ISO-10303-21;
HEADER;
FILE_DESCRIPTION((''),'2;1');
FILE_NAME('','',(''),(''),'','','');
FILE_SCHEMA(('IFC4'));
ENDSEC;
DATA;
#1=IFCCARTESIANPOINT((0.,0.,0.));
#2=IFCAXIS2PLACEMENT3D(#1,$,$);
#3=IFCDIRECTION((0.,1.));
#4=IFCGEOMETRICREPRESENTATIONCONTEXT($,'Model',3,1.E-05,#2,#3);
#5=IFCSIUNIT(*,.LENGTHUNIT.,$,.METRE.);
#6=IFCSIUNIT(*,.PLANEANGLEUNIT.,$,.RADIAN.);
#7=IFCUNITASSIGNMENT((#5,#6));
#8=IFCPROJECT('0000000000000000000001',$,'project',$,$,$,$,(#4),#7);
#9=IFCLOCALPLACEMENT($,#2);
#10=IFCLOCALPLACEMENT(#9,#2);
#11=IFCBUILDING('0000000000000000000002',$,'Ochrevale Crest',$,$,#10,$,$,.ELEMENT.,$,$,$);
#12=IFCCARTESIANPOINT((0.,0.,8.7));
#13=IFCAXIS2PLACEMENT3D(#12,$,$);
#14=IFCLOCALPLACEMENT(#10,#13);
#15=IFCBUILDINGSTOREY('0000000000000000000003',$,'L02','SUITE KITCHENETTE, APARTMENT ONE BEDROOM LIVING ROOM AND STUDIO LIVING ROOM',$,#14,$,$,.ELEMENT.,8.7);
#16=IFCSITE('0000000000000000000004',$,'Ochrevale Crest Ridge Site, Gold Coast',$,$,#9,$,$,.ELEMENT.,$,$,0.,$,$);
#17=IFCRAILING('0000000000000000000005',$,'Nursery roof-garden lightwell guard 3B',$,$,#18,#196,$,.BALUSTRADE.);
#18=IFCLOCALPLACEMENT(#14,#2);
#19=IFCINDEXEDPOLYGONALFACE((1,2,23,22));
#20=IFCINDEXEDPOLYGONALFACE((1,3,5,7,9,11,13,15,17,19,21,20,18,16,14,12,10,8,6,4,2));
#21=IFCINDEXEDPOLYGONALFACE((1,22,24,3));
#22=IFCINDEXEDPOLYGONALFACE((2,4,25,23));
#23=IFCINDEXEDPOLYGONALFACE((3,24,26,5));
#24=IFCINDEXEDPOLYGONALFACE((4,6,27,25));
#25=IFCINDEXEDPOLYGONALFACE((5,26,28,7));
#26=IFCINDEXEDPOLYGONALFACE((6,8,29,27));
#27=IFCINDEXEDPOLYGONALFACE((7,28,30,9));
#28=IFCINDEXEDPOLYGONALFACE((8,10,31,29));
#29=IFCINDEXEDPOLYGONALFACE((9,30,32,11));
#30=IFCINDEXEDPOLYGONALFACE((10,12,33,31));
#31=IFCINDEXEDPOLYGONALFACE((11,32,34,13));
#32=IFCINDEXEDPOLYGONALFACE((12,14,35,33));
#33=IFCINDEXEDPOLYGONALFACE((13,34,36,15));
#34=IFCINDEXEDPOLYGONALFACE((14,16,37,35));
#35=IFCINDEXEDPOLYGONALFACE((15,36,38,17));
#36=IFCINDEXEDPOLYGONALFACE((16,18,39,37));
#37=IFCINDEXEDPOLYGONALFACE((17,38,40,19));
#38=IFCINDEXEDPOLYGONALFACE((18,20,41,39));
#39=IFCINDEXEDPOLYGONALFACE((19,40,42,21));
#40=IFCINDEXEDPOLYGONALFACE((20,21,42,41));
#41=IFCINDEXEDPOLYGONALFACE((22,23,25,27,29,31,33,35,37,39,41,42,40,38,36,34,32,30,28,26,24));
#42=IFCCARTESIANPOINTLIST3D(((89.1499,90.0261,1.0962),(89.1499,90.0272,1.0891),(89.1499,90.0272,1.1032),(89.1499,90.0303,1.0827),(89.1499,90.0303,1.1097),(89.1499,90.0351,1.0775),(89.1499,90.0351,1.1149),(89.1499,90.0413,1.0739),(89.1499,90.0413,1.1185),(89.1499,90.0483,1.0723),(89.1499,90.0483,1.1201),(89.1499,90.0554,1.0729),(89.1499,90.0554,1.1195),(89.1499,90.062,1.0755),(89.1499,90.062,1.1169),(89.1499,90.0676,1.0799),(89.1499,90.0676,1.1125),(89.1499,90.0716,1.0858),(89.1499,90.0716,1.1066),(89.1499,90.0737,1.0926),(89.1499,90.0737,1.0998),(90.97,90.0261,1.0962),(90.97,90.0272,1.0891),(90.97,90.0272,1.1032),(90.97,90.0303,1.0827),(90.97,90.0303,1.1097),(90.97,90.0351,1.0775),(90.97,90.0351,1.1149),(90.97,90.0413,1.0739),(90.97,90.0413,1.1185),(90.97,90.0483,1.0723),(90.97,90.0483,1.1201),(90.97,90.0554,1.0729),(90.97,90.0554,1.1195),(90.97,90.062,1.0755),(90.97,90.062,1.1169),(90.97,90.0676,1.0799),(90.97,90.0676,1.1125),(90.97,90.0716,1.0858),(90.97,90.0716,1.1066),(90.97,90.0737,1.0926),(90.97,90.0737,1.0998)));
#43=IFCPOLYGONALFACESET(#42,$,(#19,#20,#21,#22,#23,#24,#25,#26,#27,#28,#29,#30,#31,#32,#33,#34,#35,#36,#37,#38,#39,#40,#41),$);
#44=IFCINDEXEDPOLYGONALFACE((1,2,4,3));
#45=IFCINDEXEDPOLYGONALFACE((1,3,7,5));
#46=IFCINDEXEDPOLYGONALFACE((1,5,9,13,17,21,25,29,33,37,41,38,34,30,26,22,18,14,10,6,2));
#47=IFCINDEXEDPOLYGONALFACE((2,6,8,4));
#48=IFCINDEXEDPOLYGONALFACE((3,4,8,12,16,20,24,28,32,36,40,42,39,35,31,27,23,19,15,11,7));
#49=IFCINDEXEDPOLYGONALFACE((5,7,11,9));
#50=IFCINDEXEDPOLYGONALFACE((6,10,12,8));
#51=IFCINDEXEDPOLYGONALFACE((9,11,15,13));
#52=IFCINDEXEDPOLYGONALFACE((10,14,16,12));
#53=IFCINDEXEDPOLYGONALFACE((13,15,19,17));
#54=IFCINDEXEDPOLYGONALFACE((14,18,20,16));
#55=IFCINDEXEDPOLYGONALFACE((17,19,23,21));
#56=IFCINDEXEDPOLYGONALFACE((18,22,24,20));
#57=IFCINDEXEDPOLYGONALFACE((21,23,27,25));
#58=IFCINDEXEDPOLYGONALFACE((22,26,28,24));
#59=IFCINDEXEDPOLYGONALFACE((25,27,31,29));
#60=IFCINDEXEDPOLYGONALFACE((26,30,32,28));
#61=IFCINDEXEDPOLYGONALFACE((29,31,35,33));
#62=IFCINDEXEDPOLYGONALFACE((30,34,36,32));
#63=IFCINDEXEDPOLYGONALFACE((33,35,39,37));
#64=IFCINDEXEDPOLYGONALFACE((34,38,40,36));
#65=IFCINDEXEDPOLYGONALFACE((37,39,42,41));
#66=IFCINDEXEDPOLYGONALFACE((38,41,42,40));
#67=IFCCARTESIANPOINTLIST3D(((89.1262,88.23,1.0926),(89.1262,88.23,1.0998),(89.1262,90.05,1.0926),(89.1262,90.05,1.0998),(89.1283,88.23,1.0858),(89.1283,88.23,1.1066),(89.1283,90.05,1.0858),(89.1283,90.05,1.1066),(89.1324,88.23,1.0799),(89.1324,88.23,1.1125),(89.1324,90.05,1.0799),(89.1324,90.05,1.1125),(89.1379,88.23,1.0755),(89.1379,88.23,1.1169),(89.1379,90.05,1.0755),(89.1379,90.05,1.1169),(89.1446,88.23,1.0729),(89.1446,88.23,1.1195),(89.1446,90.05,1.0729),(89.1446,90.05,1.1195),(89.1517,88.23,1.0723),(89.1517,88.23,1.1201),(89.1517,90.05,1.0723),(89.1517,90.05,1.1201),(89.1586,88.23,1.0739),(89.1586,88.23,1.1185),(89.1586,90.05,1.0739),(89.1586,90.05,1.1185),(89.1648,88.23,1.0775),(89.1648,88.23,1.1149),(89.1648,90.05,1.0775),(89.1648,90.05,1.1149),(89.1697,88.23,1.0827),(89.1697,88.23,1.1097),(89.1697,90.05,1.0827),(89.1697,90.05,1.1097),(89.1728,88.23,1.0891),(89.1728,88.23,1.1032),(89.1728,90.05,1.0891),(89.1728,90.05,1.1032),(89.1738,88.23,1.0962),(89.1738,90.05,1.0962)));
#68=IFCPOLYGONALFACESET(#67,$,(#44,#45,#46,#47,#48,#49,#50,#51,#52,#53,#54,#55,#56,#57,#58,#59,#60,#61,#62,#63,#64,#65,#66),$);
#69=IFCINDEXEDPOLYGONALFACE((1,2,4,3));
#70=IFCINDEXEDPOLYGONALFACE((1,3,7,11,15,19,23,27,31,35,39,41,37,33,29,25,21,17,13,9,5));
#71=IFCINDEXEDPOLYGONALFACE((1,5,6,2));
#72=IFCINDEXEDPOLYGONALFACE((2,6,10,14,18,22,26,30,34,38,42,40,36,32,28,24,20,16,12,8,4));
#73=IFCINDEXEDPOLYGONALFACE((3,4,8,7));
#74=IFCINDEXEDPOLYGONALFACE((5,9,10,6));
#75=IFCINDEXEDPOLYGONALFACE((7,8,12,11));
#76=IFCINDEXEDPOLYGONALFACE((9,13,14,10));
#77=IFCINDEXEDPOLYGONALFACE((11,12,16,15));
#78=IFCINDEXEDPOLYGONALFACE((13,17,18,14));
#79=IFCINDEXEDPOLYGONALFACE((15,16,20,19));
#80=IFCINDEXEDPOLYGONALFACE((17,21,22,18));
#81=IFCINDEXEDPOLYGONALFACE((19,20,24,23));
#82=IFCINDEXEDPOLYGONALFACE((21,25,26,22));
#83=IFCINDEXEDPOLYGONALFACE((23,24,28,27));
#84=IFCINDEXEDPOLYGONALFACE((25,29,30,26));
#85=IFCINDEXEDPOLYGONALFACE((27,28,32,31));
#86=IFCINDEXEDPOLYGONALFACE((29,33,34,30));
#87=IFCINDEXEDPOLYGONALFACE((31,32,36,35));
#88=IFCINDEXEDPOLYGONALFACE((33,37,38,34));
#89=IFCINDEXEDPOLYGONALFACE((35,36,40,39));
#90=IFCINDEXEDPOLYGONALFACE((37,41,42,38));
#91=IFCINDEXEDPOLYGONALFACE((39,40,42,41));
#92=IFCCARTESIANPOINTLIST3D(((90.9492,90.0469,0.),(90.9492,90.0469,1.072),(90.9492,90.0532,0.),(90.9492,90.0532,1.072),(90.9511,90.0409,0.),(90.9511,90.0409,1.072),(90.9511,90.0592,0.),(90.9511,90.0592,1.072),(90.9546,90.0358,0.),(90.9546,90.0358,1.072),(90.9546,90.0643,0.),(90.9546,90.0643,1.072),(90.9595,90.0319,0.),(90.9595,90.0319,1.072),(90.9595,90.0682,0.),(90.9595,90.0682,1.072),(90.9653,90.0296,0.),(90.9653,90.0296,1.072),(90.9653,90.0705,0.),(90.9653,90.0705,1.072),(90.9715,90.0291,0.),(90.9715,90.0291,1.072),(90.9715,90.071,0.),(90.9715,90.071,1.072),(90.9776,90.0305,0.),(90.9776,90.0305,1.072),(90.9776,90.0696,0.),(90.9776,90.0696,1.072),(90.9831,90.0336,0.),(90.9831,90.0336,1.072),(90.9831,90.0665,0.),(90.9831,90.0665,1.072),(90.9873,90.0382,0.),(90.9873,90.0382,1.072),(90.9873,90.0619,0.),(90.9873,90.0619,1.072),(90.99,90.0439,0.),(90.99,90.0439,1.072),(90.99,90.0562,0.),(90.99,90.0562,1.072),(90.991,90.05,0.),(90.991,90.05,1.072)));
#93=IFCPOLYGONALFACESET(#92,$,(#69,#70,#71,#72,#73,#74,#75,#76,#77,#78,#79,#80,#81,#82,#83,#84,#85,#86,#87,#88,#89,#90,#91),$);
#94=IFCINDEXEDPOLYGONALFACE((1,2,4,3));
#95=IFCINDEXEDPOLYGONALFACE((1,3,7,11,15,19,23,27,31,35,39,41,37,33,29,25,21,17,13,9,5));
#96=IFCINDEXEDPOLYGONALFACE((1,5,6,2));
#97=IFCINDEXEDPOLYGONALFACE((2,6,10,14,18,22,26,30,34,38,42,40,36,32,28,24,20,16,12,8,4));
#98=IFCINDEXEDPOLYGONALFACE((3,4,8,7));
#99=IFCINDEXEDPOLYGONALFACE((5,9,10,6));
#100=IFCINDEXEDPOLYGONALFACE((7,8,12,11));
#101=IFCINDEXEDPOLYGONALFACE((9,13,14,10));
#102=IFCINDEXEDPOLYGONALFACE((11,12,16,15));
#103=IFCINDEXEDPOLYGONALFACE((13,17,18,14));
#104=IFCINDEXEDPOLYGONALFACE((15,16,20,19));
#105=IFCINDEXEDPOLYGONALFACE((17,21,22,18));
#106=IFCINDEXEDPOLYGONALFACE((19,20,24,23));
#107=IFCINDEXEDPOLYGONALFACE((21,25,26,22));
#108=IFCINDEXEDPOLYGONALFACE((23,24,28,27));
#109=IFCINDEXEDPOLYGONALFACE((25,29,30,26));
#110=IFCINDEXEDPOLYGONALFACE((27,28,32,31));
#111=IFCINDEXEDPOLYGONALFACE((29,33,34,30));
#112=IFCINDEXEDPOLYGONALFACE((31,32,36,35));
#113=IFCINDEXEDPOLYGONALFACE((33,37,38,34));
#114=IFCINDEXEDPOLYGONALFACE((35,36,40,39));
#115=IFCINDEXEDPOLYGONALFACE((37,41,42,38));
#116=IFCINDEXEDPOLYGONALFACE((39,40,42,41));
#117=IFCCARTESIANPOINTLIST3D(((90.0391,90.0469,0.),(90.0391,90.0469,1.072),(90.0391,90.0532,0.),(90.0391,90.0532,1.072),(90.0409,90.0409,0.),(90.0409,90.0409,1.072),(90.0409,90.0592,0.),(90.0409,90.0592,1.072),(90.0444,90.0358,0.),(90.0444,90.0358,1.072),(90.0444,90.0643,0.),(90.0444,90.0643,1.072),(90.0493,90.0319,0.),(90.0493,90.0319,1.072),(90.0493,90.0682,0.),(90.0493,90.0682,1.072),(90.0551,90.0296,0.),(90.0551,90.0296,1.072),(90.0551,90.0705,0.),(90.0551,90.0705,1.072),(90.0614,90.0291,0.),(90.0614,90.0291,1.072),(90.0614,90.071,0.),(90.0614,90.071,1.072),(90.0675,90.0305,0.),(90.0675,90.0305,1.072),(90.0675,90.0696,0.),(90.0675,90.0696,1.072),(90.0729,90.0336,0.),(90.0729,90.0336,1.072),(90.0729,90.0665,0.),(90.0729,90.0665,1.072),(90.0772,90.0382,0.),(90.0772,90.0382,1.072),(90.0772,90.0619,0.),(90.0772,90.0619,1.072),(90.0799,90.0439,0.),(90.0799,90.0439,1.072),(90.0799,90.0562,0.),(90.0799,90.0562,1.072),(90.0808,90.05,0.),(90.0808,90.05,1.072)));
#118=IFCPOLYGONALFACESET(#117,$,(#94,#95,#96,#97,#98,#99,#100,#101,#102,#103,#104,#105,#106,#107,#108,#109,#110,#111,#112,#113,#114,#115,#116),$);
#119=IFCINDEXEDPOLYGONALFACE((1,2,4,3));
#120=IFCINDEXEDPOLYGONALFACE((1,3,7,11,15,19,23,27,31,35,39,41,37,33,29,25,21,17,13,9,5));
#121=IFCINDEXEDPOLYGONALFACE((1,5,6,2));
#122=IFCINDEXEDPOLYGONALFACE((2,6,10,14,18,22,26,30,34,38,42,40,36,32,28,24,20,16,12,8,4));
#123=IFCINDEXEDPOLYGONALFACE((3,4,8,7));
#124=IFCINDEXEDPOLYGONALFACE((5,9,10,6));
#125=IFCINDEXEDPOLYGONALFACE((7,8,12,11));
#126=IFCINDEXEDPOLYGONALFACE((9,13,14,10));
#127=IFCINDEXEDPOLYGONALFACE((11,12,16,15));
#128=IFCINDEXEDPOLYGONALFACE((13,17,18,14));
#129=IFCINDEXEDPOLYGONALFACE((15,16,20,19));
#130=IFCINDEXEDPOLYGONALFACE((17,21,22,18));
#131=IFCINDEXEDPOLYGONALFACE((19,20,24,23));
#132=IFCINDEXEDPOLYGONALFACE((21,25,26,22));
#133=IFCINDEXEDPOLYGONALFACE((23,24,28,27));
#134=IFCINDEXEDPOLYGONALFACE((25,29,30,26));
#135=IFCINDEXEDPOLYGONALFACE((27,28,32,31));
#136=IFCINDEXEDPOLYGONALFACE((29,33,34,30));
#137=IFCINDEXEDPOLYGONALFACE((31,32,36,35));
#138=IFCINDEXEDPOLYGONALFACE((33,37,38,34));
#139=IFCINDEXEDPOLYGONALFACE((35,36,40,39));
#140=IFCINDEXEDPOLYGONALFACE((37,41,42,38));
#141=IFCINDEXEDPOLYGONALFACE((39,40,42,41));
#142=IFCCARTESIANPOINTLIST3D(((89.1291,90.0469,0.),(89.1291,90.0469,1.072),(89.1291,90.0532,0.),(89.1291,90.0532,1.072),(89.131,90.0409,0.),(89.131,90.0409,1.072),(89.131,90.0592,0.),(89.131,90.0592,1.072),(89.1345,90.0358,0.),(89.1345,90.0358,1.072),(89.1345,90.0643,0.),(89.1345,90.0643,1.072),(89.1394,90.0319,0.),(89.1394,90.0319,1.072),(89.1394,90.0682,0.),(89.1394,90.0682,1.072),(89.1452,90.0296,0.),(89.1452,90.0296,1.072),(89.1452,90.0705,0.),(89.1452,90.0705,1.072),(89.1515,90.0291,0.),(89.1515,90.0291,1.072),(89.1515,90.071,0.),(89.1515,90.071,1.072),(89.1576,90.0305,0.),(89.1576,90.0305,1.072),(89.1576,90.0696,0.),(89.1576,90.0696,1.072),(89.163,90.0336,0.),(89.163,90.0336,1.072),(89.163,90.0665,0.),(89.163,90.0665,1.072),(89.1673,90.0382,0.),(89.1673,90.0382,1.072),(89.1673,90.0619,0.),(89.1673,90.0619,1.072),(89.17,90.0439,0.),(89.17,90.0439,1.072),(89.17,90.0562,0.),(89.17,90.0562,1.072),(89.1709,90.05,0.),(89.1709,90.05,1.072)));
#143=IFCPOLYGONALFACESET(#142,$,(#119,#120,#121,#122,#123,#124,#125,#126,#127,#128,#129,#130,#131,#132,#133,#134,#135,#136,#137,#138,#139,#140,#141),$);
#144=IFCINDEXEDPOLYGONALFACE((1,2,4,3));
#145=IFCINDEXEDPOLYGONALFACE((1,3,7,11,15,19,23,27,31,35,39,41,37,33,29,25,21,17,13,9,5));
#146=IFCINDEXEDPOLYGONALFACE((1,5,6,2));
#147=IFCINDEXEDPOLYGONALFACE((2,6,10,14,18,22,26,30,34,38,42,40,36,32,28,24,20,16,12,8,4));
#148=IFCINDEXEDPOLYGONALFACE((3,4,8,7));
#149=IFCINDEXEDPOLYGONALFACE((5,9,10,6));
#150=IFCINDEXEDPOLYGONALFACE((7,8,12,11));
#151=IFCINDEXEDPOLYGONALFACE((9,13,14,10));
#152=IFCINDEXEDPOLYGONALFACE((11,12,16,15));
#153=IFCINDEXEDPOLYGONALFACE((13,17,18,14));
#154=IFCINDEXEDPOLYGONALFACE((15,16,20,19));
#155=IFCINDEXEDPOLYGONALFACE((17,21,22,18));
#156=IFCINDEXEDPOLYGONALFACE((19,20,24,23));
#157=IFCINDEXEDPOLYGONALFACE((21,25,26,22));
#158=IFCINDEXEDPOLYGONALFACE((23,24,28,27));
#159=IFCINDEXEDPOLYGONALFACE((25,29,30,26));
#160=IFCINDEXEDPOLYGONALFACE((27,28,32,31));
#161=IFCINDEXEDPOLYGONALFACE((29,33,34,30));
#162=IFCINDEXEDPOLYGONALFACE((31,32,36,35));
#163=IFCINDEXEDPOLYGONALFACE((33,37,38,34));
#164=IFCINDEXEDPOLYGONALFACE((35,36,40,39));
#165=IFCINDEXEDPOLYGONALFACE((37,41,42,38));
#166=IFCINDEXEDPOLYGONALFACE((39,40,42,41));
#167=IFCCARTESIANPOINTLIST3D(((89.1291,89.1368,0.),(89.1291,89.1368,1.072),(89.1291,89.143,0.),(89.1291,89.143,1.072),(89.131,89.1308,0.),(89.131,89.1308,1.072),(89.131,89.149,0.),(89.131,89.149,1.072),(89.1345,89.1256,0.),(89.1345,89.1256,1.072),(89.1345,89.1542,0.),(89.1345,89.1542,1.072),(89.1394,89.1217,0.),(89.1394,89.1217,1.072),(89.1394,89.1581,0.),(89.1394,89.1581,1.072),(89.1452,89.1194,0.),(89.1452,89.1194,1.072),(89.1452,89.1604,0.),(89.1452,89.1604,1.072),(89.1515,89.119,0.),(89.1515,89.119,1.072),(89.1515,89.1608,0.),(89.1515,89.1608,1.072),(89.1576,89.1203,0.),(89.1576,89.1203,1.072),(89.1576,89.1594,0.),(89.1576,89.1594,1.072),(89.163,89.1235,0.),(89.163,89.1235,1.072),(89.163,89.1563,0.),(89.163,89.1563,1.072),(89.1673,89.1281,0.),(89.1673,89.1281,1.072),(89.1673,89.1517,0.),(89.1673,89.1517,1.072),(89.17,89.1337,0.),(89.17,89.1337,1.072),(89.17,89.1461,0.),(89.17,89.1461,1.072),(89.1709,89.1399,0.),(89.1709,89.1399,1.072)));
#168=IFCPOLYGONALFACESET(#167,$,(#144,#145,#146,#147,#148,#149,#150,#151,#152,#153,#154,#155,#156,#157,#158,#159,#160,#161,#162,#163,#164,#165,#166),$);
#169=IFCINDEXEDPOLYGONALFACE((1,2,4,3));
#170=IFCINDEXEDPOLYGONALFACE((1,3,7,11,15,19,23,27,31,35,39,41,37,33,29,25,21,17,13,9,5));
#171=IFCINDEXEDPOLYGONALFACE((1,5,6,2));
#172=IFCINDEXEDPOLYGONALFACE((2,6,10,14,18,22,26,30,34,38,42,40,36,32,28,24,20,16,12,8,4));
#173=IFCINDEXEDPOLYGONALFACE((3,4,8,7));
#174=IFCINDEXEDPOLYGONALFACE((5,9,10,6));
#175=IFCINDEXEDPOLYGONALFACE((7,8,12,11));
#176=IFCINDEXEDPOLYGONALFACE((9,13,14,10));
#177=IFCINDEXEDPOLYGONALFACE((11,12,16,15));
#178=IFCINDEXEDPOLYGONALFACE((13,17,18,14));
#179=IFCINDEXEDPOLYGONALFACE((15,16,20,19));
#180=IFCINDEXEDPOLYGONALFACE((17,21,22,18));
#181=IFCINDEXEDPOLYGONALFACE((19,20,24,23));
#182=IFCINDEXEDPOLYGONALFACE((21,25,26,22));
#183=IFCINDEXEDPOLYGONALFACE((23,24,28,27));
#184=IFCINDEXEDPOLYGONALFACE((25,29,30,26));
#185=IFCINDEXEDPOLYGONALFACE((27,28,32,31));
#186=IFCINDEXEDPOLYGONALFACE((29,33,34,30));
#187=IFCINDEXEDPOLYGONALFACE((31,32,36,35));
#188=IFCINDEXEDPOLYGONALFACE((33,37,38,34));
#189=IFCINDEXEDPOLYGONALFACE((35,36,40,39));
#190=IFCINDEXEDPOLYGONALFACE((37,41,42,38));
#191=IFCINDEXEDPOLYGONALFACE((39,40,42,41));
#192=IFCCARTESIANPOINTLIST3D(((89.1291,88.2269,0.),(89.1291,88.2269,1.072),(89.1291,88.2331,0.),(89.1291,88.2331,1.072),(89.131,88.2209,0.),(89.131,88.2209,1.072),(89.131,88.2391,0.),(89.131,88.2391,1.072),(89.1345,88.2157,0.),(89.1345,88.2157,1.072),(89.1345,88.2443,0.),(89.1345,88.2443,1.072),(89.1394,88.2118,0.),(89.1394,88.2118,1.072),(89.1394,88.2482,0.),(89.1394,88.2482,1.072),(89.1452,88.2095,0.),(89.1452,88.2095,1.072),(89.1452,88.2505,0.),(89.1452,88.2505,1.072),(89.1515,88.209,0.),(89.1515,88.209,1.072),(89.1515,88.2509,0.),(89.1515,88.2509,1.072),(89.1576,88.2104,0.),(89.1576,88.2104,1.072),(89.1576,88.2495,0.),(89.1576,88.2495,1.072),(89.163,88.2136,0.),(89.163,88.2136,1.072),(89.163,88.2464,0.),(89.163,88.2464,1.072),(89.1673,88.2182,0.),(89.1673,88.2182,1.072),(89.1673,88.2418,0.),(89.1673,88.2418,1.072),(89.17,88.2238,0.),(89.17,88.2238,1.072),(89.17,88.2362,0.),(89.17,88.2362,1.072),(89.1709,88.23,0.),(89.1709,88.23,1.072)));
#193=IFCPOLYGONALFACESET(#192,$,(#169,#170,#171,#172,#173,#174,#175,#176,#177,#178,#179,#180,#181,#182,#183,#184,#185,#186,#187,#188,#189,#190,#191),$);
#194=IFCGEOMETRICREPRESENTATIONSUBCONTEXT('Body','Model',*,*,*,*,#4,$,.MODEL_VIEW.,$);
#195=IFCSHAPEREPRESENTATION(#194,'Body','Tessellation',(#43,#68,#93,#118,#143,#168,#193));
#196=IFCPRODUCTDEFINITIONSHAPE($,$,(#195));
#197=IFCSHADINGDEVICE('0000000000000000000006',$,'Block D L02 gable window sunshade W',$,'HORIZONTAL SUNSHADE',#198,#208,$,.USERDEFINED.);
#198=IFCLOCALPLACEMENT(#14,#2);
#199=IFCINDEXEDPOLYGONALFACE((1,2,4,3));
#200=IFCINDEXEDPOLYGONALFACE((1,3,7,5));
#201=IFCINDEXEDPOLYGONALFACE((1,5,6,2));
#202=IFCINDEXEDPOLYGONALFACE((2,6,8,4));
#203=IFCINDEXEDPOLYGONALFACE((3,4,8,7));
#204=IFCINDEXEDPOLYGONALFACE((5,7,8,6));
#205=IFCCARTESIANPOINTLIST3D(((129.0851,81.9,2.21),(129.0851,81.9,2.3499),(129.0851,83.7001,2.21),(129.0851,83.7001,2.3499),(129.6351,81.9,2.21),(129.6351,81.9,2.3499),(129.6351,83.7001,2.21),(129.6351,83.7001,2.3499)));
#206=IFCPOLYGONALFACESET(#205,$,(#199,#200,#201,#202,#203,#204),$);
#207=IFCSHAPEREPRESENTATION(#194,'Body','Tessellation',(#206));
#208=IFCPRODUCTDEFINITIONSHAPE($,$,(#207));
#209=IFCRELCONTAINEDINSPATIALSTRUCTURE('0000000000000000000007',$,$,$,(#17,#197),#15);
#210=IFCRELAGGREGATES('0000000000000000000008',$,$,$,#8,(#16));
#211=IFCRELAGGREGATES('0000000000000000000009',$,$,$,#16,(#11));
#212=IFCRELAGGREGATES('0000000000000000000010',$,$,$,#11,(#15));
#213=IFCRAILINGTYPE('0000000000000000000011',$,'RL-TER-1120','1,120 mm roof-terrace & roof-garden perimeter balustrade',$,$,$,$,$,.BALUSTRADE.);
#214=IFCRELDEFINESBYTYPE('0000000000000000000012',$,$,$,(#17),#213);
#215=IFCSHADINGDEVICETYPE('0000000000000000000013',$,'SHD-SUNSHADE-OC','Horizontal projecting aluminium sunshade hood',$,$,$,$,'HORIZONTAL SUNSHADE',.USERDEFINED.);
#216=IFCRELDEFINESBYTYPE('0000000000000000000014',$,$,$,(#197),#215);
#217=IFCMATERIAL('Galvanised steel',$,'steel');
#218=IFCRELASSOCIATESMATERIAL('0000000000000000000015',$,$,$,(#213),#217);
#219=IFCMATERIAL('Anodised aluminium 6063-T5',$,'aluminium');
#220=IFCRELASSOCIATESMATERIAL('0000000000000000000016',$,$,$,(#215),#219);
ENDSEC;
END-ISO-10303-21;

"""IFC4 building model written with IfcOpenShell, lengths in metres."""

from ifc_helpers import new_model, si_unit, direction, frame, origin, origin_2d, place, context, subcontext, project, spatial, rectangle, circle, extrude, material, type_object, element, save


model = new_model("IFC4")

# Units and contexts
model_context = context("Model", 3, precision=1e-05, world=origin(), true_north=direction((0.0, 1.0)))
body_context = subcontext(model_context, "Body", "Model", "MODEL_VIEW")
ifc_project = project(units=[si_unit("LENGTHUNIT", "METRE"), si_unit("PLANEANGLEUNIT", "RADIAN")], contexts=[model_context])

# Site, building, storey
site_placement = place(None, origin())
site = spatial("IfcSite", under=ifc_project, at=site_placement, Name="Ochrevale Crest Ridge Site, Gold Coast", CompositionType="ELEMENT", RefElevation=0.0)
building_placement = place(site_placement, origin())
building = spatial("IfcBuilding", under=site, at=building_placement, Name="Ochrevale Crest", CompositionType="ELEMENT")
storey_placement = place(building_placement, frame((0.0, 0.0, 8.7)))
storey = spatial("IfcBuildingStorey", under=building, at=storey_placement, Name="L02", Description="SUITE KITCHENETTE, APARTMENT ONE BEDROOM LIVING ROOM AND STUDIO LIVING ROOM", CompositionType="ELEMENT", Elevation=8.7)

# Shared definitions
ifc_material_1 = material(Name="Anodised aluminium 6063-T5", Category="aluminium")

# Railing
ifc_material_2 = material(Name="Galvanised steel", Category="steel")
railing_type = type_object("IfcRailingType", Name="RL-TER-1120", Description="1,120 mm roof-terrace & roof-garden perimeter balustrade", PredefinedType="BALUSTRADE", material=ifc_material_2)
railing_1_placement = place(storey_placement, frame((90.97, 90.05, 0.0)))
element("IfcRailing", 1, at=railing_1_placement, inside=storey, type_object=railing_type, Name="Nursery roof-garden lightwell guard 3B", PredefinedType="BALUSTRADE", context=body_context, shape_type="SweptSolid", body=[
    extrude(circle(Radius=0.0239, at=origin_2d()), frame((0.0, 0.0, 1.0962), z_axis=(-1.0, 0.0, 0.0), x_axis=(0.0, -1.0, 0.0)), (0.0, 0.0, 1.0), 1.8201),
    extrude(circle(Radius=0.0239, at=origin_2d()), frame((-1.8201, 0.0, 1.0962), z_axis=(0.0, -1.0, 0.0), x_axis=(1.0, 0.0, 0.0)), (0.0, 0.0, 1.0), 1.8201),
    extrude(circle(Radius=0.021, at=origin_2d()), origin(), (0.0, 0.0, 1.0), 1.072),
    extrude(circle(Radius=0.021, at=origin_2d()), frame((-0.9102, 0.0, 0.0)), (0.0, 0.0, 1.0), 1.072),
    extrude(circle(Radius=0.021, at=origin_2d()), frame((-1.8201, 0.0, 0.0)), (0.0, 0.0, 1.0), 1.072),
    extrude(circle(Radius=0.021, at=origin_2d()), frame((-1.8201, -0.9102, 0.0)), (0.0, 0.0, 1.0), 1.072),
    extrude(circle(Radius=0.021, at=origin_2d()), frame((-1.8201, -1.8201, 0.0)), (0.0, 0.0, 1.0), 1.072),
])

# Shading device
shading_device_type = type_object("IfcShadingDeviceType", Name="SHD-SUNSHADE-OC", Description="Horizontal projecting aluminium sunshade hood", ElementType="HORIZONTAL SUNSHADE", PredefinedType="USERDEFINED", material=ifc_material_1)
shading_device_placement = place(storey_placement, frame((129.3601, 82.8, 2.21), z_axis=(0.0, 0.0, 1.0), x_axis=(1.0, 0.0, 0.0)))
element("IfcShadingDevice", 2, at=shading_device_placement, inside=storey, type_object=shading_device_type, Name="Block D L02 gable window sunshade W", ObjectType="HORIZONTAL SUNSHADE", PredefinedType="USERDEFINED", context=body_context, shape_type="SweptSolid", body=[
    extrude(rectangle(XDim=0.55, YDim=1.8, at=origin_2d()), origin(), (0.0, 0.0, 1.0), 0.1399),
])

save(model, "model.ifc")
